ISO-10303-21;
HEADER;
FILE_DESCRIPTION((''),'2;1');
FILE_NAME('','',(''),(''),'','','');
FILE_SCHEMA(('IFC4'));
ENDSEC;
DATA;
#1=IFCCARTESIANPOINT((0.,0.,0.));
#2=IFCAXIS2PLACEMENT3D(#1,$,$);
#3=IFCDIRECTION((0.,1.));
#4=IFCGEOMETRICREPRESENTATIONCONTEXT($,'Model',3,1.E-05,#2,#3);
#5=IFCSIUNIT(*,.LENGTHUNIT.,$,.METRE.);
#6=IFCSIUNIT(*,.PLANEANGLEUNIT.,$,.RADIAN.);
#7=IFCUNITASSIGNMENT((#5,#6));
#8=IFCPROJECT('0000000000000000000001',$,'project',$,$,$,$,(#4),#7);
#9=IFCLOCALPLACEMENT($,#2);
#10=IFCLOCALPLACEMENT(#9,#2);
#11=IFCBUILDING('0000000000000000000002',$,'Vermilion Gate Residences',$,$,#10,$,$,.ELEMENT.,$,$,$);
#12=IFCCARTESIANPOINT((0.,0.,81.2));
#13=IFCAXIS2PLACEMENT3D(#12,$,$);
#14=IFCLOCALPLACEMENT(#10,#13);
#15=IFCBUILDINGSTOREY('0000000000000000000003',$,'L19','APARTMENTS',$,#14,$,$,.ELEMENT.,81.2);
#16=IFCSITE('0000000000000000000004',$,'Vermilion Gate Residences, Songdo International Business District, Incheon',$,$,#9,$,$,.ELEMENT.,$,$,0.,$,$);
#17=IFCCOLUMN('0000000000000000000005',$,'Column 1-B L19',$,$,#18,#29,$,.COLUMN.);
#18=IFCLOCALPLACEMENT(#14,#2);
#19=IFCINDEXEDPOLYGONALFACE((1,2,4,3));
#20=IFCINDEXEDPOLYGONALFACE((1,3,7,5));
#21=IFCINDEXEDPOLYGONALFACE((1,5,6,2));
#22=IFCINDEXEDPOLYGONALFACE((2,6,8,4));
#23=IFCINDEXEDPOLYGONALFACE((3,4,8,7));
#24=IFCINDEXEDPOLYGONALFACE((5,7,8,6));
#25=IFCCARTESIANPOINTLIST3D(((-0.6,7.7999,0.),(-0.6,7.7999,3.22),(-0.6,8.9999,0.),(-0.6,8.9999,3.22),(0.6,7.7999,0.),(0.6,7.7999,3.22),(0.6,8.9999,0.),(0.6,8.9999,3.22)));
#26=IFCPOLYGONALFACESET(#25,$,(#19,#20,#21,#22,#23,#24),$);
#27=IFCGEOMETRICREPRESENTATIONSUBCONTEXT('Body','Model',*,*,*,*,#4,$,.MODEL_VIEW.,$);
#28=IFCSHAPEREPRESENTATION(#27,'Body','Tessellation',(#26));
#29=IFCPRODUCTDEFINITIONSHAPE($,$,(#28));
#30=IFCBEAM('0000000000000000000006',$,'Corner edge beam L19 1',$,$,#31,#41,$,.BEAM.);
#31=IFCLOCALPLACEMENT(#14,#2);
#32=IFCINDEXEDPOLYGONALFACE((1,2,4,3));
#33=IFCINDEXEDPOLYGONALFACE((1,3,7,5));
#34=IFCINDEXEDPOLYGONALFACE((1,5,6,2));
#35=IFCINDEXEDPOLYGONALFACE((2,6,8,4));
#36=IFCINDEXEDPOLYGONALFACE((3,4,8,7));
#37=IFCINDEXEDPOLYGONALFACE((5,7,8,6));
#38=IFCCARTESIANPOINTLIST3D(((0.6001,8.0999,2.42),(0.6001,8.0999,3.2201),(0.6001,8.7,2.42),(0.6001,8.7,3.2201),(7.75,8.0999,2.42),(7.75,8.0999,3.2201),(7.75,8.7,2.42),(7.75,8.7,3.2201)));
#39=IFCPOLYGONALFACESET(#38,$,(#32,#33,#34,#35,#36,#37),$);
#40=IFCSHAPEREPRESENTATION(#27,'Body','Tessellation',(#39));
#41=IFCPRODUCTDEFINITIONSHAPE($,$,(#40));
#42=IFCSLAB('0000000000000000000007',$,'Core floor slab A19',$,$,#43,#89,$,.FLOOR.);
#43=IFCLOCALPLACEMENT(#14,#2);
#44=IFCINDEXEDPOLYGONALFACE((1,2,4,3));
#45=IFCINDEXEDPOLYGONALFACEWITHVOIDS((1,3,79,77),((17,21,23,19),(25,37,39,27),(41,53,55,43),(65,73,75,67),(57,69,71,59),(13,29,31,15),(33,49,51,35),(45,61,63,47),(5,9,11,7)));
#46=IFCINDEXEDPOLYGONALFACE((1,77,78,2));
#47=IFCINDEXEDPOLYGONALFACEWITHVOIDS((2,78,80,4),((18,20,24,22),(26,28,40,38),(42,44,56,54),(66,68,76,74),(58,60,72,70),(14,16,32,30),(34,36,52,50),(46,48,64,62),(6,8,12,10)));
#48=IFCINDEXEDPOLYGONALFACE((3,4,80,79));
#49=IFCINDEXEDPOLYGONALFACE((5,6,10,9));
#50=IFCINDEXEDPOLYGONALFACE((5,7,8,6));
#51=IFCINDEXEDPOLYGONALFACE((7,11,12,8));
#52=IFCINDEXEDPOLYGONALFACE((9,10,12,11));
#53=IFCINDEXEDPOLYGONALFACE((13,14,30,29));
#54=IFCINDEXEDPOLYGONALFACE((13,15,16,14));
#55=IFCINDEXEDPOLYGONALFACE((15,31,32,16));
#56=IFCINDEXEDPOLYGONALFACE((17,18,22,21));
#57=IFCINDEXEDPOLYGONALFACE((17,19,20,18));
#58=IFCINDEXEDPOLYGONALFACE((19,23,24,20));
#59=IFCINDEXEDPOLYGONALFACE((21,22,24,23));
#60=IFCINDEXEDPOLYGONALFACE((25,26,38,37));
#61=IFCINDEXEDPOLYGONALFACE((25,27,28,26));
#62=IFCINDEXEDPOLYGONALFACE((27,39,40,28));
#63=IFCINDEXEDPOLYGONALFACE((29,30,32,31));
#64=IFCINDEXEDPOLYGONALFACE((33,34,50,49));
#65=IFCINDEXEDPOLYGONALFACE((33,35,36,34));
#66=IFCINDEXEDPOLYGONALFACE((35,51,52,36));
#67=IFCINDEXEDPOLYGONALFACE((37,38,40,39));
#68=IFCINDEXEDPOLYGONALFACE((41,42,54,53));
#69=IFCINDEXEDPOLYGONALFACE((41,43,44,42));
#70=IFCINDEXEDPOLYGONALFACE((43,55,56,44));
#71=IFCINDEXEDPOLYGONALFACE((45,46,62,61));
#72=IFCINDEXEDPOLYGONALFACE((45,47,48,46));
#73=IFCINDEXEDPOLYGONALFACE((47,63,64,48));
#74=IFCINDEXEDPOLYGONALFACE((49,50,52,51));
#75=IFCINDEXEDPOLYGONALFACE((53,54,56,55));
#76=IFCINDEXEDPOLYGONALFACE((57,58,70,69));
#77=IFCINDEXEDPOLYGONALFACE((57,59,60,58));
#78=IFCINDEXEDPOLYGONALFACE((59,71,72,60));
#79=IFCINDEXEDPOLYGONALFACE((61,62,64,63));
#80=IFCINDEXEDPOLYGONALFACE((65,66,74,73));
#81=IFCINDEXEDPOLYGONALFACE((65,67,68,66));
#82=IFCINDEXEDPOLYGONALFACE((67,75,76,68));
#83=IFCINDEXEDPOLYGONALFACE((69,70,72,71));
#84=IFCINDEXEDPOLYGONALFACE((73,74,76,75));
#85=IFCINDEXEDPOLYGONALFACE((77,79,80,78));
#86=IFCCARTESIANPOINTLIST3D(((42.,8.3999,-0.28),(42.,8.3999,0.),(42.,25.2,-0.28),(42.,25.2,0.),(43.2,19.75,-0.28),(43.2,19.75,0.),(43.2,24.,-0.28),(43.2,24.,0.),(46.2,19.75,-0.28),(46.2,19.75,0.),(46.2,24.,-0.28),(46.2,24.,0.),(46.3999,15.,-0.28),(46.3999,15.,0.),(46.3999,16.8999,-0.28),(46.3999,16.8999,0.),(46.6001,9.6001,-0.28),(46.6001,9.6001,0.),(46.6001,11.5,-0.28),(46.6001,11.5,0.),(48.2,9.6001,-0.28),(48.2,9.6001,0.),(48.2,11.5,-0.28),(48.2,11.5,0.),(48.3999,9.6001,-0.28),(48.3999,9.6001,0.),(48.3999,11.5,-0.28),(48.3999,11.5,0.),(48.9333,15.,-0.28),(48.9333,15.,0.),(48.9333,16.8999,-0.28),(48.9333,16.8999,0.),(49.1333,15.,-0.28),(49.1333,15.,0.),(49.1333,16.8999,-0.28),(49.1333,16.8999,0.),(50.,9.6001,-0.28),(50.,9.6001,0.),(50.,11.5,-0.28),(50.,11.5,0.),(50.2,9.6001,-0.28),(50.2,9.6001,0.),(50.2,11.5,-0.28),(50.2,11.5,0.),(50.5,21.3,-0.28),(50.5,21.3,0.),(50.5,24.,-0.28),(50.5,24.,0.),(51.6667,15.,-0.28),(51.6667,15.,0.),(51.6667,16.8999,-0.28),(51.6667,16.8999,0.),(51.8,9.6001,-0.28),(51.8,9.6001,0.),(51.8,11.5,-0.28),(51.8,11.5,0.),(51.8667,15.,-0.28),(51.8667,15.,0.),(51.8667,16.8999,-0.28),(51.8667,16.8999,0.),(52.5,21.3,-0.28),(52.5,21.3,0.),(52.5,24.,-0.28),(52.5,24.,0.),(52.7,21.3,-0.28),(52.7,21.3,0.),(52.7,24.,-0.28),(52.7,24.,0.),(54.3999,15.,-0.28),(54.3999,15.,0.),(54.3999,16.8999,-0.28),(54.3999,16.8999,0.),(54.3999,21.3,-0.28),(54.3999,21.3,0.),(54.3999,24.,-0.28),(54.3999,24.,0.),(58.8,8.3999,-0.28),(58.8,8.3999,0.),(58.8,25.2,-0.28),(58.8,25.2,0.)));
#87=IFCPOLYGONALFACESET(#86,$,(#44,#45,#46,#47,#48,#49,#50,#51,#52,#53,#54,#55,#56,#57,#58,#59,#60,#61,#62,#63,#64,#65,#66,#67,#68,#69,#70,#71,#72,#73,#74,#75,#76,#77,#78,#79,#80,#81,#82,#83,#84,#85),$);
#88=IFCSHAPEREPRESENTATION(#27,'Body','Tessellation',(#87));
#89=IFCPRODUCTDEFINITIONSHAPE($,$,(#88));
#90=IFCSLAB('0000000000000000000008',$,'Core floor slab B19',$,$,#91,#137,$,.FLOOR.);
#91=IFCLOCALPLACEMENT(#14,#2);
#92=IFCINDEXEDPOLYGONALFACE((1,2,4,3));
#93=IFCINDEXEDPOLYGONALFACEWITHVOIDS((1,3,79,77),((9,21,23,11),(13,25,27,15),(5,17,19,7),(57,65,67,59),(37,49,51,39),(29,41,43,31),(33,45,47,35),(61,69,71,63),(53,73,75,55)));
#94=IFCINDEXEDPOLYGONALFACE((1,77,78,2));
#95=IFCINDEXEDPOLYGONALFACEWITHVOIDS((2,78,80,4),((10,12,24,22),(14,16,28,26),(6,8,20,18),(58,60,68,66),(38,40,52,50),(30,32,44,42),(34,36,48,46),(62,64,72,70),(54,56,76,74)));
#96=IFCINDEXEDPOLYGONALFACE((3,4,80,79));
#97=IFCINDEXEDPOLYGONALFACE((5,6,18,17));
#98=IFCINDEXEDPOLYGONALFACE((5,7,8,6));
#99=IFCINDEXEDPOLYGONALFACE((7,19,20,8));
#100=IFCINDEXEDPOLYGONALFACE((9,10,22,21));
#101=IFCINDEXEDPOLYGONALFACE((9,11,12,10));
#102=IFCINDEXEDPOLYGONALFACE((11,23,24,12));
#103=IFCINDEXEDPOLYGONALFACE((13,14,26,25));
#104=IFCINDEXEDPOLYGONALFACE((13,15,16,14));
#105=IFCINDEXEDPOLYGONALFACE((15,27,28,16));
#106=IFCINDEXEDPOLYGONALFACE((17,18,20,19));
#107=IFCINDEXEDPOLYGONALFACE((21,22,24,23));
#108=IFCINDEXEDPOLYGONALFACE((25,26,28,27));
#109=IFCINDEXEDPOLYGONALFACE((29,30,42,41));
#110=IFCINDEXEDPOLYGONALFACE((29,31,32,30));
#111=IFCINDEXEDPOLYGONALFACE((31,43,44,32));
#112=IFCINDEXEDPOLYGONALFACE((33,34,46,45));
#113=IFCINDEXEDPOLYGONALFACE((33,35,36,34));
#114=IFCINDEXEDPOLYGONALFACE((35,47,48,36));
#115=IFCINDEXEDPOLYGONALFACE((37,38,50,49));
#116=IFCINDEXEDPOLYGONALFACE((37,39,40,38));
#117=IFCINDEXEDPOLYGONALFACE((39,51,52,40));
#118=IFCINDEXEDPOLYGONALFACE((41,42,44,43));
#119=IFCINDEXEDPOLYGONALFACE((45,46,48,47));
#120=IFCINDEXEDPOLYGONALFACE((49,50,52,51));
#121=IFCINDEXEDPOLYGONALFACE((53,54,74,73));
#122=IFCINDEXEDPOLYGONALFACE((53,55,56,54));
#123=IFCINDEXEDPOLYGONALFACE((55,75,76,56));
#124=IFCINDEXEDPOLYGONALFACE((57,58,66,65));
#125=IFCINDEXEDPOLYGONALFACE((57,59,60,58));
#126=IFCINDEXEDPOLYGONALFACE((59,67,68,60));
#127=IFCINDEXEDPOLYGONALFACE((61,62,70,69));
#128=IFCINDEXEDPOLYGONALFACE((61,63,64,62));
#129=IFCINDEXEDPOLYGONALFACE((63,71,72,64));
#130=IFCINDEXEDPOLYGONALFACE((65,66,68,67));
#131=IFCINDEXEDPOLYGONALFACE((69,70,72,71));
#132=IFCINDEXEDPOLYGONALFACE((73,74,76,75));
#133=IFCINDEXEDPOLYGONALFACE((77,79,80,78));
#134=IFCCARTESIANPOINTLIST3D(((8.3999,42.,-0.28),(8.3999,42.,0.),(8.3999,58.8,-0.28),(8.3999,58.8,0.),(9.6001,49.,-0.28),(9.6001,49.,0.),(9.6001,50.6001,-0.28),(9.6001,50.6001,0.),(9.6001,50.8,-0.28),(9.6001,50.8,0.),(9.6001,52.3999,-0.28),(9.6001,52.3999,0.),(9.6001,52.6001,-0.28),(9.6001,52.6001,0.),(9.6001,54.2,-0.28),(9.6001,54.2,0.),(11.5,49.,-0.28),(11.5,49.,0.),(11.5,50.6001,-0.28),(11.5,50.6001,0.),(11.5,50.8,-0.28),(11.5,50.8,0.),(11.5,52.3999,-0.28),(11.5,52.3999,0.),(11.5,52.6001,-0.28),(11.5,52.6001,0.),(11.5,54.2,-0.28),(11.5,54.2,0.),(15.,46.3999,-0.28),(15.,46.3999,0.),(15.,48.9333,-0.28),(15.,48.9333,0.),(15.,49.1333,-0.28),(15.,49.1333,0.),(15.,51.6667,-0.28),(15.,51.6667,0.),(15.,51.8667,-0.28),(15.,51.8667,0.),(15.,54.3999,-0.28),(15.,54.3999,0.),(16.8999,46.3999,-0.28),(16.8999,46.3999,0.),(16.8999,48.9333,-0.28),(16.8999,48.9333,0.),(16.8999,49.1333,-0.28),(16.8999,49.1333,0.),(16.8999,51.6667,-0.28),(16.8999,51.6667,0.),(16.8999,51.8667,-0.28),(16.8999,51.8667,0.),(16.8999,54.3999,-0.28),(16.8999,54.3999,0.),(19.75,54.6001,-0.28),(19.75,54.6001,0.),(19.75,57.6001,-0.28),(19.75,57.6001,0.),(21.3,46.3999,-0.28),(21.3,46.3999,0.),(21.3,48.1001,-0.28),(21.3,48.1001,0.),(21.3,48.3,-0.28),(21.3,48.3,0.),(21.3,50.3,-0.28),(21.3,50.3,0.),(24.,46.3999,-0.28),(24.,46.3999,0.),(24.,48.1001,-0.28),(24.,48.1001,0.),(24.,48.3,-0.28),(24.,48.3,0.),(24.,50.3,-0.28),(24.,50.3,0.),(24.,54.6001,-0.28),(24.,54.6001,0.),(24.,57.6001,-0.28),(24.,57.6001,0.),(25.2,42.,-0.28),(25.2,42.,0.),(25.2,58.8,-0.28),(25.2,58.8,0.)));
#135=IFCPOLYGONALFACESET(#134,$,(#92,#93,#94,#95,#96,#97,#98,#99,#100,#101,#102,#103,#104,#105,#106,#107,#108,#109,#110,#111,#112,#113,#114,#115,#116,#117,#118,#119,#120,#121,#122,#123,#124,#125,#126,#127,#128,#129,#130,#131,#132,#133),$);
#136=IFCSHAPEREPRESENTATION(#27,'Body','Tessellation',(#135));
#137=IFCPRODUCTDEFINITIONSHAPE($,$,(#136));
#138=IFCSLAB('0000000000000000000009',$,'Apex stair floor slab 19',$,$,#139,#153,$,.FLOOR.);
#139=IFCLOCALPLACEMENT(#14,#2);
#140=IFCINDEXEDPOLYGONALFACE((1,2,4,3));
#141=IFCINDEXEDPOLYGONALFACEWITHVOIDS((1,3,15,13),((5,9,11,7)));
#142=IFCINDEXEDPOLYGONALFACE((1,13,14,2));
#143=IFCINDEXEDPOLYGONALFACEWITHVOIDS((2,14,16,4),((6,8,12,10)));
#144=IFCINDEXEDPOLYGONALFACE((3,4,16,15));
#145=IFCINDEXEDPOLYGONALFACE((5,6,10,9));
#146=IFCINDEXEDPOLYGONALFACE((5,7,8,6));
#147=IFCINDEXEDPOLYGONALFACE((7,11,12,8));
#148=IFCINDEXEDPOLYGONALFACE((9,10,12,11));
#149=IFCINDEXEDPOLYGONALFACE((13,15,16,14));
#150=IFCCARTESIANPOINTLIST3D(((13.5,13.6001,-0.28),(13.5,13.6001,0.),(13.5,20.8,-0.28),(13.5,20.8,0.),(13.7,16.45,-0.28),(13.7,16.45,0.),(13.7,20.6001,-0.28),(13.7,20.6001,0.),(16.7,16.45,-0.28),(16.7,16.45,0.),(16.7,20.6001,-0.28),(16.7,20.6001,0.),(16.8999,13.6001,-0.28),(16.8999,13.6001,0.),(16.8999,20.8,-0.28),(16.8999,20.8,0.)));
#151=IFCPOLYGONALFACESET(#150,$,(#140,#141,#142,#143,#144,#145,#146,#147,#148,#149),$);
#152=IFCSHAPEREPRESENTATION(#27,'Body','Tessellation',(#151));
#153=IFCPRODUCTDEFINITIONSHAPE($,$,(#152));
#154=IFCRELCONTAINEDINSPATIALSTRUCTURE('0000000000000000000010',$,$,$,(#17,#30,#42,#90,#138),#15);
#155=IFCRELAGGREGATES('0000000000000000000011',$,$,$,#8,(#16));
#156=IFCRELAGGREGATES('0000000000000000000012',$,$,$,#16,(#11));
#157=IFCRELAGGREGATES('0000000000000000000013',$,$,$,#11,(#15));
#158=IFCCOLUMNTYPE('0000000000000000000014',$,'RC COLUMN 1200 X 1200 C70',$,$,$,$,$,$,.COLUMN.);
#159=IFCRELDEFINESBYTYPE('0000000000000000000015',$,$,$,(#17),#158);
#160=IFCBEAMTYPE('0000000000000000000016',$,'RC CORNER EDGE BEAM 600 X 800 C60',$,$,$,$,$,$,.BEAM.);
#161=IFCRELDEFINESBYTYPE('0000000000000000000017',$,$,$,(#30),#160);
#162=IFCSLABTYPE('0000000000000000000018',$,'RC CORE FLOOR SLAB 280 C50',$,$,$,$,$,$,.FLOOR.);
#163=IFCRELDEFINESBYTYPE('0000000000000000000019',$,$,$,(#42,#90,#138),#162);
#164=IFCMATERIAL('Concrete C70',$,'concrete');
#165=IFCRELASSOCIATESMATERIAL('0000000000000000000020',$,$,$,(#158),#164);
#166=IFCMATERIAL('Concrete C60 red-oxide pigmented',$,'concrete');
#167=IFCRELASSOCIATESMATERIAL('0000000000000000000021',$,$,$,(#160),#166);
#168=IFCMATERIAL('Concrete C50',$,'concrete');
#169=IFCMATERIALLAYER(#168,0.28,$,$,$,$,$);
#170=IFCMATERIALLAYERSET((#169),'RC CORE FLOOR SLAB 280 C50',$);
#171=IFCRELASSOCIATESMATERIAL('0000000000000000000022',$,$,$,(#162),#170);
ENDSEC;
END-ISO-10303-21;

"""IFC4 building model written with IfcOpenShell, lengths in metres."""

from ifc_helpers import new_model, si_unit, direction, frame, origin, origin_2d, place, context, subcontext, project, spatial, polyline, rectangle, outline, extrude, material, layer, layer_set, material_profile, profile_set, type_object, element, save


model = new_model("IFC4")

# Units and contexts
model_context = context("Model", 3, precision=1e-05, world=origin(), true_north=direction((0.0, 1.0)))
body_context = subcontext(model_context, "Body", "Model", "MODEL_VIEW")
ifc_project = project(units=[si_unit("LENGTHUNIT", "METRE"), si_unit("PLANEANGLEUNIT", "RADIAN")], contexts=[model_context])

# Site, building, storey
site_placement = place(None, origin())
site = spatial("IfcSite", under=ifc_project, at=site_placement, Name="Vermilion Gate Residences, Songdo International Business District, Incheon", CompositionType="ELEMENT", RefElevation=0.0)
building_placement = place(site_placement, origin())
building = spatial("IfcBuilding", under=site, at=building_placement, Name="Vermilion Gate Residences", CompositionType="ELEMENT")
storey_placement = place(building_placement, frame((0.0, 0.0, 81.2)))
storey = spatial("IfcBuildingStorey", under=building, at=storey_placement, Name="L19", Description="APARTMENTS", CompositionType="ELEMENT", Elevation=81.2)

# Column
ifc_material_1 = material(Name="Concrete C70", Category="concrete")
ifc_material_profile_1 = material_profile(ifc_material_1, rectangle(XDim=1.2, YDim=1.2, at=origin_2d()), Name="RC-1200x1200")
ifc_profile_set_1 = profile_set([ifc_material_profile_1], Name="Concrete C70")
column_type = type_object("IfcColumnType", Name="RC COLUMN 1200 X 1200 C70", PredefinedType="COLUMN", material=ifc_profile_set_1)
column_placement = place(storey_placement, frame((0.0, 8.3999, 0.0), z_axis=(0.0, 0.0, 1.0), x_axis=(1.0, 0.0, 0.0)))
element("IfcColumn", 1, at=column_placement, inside=storey, type_object=column_type, Name="Column 1-B L19", PredefinedType="COLUMN", context=body_context, shape_type="SweptSolid", body=[
    extrude(rectangle(XDim=1.2, YDim=1.2, at=origin_2d()), origin(), (0.0, 0.0, 1.0), 3.22),
])

# Beam
ifc_material_2 = material(Name="Concrete C60 red-oxide pigmented", Category="concrete")
ifc_material_profile_2 = material_profile(ifc_material_2, rectangle(XDim=0.6001, YDim=0.8, at=origin_2d()), Name="RC-600x800")
ifc_profile_set_2 = profile_set([ifc_material_profile_2], Name="Concrete C60 red-oxide pigmented")
beam_type = type_object("IfcBeamType", Name="RC CORNER EDGE BEAM 600 X 800 C60", PredefinedType="BEAM", material=ifc_profile_set_2)
beam_placement = place(storey_placement, frame((0.6001, 8.3999, 2.8201), z_axis=(1.0, 0.0, 0.0), x_axis=(0.0, 1.0, 0.0)))
element("IfcBeam", 2, at=beam_placement, inside=storey, type_object=beam_type, Name="Corner edge beam L19 1", PredefinedType="BEAM", context=body_context, shape_type="SweptSolid", body=[
    extrude(rectangle(XDim=0.6001, YDim=0.8, at=origin_2d()), origin(), (0.0, 0.0, 1.0), 7.1499),
])

# Slabs
ifc_material_3 = material(Name="Concrete C50", Category="concrete")
ifc_layer_1 = layer(ifc_material_3, 0.28)
ifc_layer_set_1 = layer_set([ifc_layer_1], Name="RC CORE FLOOR SLAB 280 C50")
slab_type_1 = type_object("IfcSlabType", Name="RC CORE FLOOR SLAB 280 C50", PredefinedType="FLOOR", material=ifc_layer_set_1)
slab_1_placement = place(storey_placement, frame((0.0, 0.0, -0.28)))
element("IfcSlab", 3, at=slab_1_placement, inside=storey, type_object=slab_type_1, Name="Core floor slab A19", PredefinedType="FLOOR", context=body_context, shape_type="SweptSolid", body=[
    extrude(outline(polyline([(42.0, 8.3999), (58.8, 8.3999), (58.8, 25.2), (42.0, 25.2), (42.0, 8.3999)]), holes=[polyline([(46.6001, 11.5), (48.2, 11.5), (48.2, 9.6001), (46.6001, 9.6001), (46.6001, 11.5)]), polyline([(48.3999, 11.5), (50.0, 11.5), (50.0, 9.6001), (48.3999, 9.6001), (48.3999, 11.5)]), polyline([(50.2, 11.5), (51.8, 11.5), (51.8, 9.6001), (50.2, 9.6001), (50.2, 11.5)]), polyline([(46.3999, 16.8999), (48.9333, 16.8999), (48.9333, 15.0), (46.3999, 15.0), (46.3999, 16.8999)]), polyline([(49.1333, 16.8999), (51.6667, 16.8999), (51.6667, 15.0), (49.1333, 15.0), (49.1333, 16.8999)]), polyline([(51.8667, 16.8999), (54.3999, 16.8999), (54.3999, 15.0), (51.8667, 15.0), (51.8667, 16.8999)]), polyline([(43.2, 24.0), (46.2, 24.0), (46.2, 19.75), (43.2, 19.75), (43.2, 24.0)]), polyline([(52.5, 24.0), (52.5, 21.3), (50.5, 21.3), (50.5, 24.0), (52.5, 24.0)]), polyline([(54.3999, 24.0), (54.3999, 21.3), (52.7, 21.3), (52.7, 24.0), (54.3999, 24.0)])]), origin(), (0.0, 0.0, 1.0), 0.28),
])
slab_2_placement = place(storey_placement, frame((0.0, 0.0, -0.28)))
element("IfcSlab", 4, at=slab_2_placement, inside=storey, type_object=slab_type_1, Name="Core floor slab B19", PredefinedType="FLOOR", context=body_context, shape_type="SweptSolid", body=[
    extrude(outline(polyline([(8.3999, 42.0), (25.2, 42.0), (25.2, 58.8), (8.3999, 58.8), (8.3999, 42.0)]), holes=[polyline([(21.3, 48.1001), (24.0, 48.1001), (24.0, 46.3999), (21.3, 46.3999), (21.3, 48.1001)]), polyline([(15.0, 48.9333), (16.8999, 48.9333), (16.8999, 46.3999), (15.0, 46.3999), (15.0, 48.9333)]), polyline([(21.3, 50.3), (24.0, 50.3), (24.0, 48.3), (21.3, 48.3), (21.3, 50.3)]), polyline([(9.6001, 50.6001), (11.5, 50.6001), (11.5, 49.0), (9.6001, 49.0), (9.6001, 50.6001)]), polyline([(15.0, 51.6667), (16.8999, 51.6667), (16.8999, 49.1333), (15.0, 49.1333), (15.0, 51.6667)]), polyline([(9.6001, 52.3999), (11.5, 52.3999), (11.5, 50.8), (9.6001, 50.8), (9.6001, 52.3999)]), polyline([(15.0, 54.3999), (16.8999, 54.3999), (16.8999, 51.8667), (15.0, 51.8667), (15.0, 54.3999)]), polyline([(11.5, 54.2), (11.5, 52.6001), (9.6001, 52.6001), (9.6001, 54.2), (11.5, 54.2)]), polyline([(24.0, 57.6001), (24.0, 54.6001), (19.75, 54.6001), (19.75, 57.6001), (24.0, 57.6001)])]), origin(), (0.0, 0.0, 1.0), 0.28),
])
slab_3_placement = place(storey_placement, frame((0.0, 0.0, -0.28)))
element("IfcSlab", 5, at=slab_3_placement, inside=storey, type_object=slab_type_1, Name="Apex stair floor slab 19", PredefinedType="FLOOR", context=body_context, shape_type="SweptSolid", body=[
    extrude(outline(polyline([(13.5, 13.6001), (16.8999, 13.6001), (16.8999, 20.8), (13.5, 20.8), (13.5, 13.6001)]), holes=[polyline([(16.7, 20.6001), (16.7, 16.45), (13.7, 16.45), (13.7, 20.6001), (16.7, 20.6001)])]), origin(), (0.0, 0.0, 1.0), 0.28),
])

save(model, "model.ifc")
